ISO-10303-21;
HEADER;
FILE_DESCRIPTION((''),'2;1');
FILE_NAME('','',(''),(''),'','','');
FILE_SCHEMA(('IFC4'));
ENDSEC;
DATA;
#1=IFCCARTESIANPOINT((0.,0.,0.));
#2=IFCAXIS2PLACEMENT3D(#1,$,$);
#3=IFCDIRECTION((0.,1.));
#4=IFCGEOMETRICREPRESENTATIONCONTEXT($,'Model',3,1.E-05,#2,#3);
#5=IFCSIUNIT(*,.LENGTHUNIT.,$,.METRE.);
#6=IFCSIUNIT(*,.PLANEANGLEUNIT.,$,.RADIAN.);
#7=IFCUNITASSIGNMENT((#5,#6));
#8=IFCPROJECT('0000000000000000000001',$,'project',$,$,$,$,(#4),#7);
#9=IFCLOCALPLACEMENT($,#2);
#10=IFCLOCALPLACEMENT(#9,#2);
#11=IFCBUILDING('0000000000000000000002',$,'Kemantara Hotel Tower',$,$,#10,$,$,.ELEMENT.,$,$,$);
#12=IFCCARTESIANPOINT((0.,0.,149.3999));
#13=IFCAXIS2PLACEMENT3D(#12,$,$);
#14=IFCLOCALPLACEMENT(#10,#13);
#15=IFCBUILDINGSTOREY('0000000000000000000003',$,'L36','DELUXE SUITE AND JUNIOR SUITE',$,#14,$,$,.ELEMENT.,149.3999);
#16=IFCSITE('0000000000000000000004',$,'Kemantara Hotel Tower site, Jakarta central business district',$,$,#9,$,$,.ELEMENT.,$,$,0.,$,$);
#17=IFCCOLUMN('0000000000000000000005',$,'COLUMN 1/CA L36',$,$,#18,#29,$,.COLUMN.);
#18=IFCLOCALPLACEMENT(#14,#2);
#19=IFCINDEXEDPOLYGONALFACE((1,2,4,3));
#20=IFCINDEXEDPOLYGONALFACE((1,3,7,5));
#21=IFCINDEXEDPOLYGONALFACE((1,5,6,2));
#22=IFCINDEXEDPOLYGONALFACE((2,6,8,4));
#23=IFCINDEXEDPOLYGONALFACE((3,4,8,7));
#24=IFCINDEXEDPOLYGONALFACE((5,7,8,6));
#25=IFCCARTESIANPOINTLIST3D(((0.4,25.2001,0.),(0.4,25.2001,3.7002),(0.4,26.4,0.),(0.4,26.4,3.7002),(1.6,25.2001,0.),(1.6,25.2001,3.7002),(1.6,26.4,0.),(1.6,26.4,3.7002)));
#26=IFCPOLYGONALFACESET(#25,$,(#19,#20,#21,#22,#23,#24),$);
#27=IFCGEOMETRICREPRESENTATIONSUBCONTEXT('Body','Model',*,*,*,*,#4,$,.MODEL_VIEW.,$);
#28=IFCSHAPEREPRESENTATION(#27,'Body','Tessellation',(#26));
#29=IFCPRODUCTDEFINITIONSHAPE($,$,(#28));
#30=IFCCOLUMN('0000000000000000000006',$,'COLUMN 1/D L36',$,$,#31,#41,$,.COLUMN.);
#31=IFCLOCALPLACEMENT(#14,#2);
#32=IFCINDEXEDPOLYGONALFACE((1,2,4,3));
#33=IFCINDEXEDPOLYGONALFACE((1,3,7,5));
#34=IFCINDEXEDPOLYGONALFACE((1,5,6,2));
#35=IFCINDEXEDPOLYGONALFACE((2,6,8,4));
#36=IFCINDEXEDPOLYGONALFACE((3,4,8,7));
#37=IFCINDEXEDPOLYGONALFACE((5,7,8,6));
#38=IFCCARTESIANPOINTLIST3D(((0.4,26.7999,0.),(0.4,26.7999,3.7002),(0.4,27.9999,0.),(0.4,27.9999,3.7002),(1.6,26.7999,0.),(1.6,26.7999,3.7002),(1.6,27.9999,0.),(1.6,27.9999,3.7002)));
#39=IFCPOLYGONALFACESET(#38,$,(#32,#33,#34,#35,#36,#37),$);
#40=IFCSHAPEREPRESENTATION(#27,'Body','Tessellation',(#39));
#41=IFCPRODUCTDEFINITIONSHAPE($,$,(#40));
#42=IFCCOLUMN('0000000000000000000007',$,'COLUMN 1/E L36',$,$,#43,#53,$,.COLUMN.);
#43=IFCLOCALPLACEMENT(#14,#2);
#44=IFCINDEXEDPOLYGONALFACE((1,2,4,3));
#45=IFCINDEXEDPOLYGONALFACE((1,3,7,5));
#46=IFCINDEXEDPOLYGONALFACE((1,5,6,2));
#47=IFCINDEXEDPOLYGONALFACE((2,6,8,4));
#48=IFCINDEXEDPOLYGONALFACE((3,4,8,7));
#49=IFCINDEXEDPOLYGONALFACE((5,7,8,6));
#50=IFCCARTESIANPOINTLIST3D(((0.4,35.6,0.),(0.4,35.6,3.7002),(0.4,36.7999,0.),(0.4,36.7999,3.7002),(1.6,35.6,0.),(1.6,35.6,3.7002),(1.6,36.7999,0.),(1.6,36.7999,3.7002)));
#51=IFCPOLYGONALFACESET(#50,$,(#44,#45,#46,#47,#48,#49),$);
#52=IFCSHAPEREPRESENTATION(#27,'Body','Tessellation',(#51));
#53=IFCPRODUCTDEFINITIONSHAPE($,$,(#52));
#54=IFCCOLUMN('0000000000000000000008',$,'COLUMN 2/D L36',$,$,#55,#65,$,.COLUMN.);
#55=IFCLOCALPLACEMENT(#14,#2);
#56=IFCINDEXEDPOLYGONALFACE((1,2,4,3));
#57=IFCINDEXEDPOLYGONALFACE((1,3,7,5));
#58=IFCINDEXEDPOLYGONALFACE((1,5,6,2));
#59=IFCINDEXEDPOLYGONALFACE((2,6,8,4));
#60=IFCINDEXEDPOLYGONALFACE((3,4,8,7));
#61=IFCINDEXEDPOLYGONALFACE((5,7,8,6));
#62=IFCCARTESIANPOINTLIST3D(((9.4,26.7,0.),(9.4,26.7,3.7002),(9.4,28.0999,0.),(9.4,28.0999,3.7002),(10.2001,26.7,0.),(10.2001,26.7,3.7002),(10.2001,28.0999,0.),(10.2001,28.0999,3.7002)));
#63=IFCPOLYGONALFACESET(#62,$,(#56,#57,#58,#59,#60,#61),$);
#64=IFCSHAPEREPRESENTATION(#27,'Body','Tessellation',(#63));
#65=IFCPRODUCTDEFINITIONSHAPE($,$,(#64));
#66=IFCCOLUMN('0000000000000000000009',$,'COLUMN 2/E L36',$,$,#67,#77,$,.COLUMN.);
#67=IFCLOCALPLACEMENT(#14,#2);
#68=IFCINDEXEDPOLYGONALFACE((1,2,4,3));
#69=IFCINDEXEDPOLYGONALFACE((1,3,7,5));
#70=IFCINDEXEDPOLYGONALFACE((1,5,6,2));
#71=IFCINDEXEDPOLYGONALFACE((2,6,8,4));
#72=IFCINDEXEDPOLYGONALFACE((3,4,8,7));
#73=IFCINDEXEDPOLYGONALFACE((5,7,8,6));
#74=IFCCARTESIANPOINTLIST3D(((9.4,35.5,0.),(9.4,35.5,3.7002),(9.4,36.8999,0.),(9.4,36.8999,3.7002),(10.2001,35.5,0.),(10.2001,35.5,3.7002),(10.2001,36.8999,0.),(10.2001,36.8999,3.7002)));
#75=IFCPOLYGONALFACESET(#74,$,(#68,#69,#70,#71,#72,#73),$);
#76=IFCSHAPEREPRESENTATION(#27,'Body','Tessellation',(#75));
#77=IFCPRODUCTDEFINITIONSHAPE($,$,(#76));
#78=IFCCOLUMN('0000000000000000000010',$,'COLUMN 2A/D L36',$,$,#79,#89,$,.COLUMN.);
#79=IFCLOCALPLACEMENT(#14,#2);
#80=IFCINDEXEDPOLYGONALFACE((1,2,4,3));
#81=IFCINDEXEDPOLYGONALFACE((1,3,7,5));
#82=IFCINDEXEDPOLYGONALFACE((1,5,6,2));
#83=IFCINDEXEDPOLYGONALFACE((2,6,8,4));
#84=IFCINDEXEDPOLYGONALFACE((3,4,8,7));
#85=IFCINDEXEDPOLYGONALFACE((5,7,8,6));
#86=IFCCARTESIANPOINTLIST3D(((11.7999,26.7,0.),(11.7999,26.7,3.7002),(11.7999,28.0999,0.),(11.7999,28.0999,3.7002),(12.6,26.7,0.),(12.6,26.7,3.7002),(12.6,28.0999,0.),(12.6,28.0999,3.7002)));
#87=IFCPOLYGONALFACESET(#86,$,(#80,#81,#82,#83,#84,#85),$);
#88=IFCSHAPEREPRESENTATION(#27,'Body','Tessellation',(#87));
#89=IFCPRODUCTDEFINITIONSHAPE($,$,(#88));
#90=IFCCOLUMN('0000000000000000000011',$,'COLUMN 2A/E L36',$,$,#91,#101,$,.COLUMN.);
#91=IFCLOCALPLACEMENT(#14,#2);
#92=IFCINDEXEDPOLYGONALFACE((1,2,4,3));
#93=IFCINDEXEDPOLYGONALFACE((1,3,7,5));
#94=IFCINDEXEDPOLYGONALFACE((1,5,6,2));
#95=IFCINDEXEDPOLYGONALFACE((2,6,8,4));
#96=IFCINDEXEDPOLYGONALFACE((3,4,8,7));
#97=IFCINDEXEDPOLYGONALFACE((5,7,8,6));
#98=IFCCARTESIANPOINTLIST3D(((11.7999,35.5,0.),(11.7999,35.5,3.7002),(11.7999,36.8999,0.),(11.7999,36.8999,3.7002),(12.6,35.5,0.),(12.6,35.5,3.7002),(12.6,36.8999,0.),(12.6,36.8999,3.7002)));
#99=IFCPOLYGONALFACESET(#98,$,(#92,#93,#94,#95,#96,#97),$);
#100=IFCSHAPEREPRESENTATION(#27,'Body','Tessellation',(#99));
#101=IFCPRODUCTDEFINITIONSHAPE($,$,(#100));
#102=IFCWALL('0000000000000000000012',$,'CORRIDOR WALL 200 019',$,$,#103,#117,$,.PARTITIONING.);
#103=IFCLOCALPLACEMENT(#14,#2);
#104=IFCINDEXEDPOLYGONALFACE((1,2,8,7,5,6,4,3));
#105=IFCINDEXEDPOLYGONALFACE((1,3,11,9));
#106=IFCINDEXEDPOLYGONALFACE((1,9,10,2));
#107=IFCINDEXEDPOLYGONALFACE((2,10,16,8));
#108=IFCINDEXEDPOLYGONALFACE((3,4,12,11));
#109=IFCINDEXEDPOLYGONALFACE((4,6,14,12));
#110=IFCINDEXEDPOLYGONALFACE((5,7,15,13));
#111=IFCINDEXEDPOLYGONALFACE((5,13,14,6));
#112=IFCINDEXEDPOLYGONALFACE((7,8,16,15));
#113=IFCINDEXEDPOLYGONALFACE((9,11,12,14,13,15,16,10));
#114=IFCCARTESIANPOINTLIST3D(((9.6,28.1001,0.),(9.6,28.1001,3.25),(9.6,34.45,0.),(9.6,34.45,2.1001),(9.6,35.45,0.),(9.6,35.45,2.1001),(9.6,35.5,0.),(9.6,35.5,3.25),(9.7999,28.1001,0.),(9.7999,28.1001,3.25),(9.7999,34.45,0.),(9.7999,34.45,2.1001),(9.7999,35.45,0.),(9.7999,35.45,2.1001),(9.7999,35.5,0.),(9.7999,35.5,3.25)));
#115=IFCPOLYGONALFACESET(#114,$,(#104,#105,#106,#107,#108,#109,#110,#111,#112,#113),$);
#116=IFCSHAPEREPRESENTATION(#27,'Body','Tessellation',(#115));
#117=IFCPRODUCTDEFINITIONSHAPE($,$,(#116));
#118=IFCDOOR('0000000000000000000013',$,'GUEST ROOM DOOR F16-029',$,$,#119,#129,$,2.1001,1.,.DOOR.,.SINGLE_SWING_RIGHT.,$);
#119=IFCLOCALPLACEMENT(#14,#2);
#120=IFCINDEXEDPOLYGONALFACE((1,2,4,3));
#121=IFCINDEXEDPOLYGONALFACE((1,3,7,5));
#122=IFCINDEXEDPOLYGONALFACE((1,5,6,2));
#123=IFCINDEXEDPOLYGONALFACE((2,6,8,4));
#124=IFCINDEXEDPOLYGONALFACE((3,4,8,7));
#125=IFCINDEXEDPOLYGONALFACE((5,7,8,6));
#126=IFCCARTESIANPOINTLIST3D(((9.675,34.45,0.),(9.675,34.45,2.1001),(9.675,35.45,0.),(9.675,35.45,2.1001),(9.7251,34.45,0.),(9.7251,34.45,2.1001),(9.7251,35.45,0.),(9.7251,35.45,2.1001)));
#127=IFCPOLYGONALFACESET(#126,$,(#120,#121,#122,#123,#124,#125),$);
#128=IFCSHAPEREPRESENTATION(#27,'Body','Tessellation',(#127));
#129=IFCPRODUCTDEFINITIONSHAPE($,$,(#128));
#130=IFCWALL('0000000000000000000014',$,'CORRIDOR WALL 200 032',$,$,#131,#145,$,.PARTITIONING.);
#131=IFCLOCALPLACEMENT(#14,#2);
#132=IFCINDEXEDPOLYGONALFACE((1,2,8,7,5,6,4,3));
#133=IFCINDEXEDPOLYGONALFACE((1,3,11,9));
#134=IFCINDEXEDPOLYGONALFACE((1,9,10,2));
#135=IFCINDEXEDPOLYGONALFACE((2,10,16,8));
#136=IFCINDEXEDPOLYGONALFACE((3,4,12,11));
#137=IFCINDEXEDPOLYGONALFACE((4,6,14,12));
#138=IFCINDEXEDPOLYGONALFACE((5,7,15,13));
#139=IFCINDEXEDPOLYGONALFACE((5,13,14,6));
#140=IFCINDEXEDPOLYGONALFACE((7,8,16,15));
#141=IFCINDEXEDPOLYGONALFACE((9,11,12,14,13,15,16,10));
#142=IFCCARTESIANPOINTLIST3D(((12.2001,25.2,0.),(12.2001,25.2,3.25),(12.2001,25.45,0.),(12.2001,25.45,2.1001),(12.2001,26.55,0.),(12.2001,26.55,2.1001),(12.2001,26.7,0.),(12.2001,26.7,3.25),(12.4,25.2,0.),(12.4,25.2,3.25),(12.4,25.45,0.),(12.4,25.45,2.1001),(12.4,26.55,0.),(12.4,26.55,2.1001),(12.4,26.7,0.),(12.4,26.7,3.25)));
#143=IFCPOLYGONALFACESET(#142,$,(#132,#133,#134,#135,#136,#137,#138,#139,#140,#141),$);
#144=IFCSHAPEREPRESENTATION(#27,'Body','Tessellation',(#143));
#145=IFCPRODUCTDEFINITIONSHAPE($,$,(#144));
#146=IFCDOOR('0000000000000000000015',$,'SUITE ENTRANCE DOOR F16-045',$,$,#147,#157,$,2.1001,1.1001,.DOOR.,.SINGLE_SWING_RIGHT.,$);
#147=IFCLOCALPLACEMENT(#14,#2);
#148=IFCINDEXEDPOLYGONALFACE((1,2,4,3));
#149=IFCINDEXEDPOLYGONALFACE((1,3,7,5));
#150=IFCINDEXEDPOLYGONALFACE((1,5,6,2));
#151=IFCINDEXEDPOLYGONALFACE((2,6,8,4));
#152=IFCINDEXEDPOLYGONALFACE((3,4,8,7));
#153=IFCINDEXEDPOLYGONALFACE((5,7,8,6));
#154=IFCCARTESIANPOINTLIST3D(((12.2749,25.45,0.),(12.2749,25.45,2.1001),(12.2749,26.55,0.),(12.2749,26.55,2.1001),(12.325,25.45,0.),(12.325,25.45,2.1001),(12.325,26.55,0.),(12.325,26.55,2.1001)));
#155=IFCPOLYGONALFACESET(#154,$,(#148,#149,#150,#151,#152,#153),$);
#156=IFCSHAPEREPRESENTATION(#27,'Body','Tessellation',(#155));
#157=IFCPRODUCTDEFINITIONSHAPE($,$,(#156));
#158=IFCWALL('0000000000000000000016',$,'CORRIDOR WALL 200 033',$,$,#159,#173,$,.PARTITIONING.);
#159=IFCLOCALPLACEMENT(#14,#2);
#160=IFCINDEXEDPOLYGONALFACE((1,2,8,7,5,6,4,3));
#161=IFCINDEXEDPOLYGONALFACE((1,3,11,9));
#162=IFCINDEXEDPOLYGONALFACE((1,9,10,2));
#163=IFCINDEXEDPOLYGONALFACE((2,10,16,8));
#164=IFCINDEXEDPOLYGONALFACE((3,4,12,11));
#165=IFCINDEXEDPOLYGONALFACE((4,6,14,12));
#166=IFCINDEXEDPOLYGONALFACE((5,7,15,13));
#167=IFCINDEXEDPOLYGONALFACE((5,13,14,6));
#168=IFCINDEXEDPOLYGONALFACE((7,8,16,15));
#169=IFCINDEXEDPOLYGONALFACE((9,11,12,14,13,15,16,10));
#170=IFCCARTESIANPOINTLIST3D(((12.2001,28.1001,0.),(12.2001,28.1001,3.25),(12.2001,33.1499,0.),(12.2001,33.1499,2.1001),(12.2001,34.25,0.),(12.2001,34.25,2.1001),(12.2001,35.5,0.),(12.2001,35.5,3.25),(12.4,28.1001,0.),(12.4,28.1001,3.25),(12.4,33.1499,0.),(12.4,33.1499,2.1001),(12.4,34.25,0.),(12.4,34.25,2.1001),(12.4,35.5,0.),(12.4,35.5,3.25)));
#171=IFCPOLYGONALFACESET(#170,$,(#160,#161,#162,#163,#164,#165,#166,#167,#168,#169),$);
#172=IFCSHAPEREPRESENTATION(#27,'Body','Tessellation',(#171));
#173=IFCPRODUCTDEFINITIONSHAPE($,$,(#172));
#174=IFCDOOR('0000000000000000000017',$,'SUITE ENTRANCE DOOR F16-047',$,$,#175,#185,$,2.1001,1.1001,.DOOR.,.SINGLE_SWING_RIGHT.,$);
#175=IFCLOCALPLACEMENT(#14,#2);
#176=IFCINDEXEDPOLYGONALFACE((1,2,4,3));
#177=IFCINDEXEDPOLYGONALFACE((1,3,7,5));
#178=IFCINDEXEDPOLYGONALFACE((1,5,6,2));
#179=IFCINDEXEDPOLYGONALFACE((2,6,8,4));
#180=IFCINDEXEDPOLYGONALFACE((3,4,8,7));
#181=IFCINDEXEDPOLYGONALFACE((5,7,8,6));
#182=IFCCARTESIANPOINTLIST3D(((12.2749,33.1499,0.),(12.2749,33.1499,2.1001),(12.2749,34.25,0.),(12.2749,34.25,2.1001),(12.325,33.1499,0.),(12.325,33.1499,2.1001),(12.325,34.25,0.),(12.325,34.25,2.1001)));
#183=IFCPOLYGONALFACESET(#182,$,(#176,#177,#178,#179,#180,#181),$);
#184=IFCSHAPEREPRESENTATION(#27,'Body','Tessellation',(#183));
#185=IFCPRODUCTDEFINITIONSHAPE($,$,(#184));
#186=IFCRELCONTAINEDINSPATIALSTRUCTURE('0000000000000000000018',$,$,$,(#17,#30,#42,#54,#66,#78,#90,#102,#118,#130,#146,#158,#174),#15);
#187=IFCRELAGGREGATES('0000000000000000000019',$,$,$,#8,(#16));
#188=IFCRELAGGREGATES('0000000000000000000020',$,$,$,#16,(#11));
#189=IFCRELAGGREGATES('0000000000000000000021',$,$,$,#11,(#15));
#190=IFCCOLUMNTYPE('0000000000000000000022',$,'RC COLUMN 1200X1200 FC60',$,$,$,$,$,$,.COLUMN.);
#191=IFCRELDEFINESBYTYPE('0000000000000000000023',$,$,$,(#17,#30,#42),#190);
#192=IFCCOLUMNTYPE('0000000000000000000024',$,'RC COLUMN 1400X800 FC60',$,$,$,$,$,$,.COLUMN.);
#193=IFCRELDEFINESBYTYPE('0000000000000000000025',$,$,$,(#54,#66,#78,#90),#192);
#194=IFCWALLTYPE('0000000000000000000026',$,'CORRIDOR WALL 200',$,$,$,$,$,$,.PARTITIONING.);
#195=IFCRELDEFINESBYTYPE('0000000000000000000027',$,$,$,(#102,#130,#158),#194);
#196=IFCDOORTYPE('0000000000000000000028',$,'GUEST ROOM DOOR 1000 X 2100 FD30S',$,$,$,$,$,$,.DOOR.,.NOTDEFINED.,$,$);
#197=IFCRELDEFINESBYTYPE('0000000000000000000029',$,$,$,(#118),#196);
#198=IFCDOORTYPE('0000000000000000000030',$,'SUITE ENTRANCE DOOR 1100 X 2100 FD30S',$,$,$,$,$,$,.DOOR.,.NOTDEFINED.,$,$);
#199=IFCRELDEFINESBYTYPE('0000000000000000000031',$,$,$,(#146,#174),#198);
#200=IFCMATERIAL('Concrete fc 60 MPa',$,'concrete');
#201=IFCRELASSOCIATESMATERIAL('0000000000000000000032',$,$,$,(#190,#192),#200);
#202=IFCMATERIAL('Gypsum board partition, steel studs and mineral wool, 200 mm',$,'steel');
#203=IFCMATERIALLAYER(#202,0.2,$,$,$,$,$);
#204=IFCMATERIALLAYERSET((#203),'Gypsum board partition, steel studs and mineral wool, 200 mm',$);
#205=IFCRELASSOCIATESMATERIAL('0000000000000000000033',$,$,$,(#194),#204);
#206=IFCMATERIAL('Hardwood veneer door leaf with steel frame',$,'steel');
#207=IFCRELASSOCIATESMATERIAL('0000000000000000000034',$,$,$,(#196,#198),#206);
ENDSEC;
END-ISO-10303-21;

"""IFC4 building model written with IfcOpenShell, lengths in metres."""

from ifc_helpers import new_model, si_unit, direction, frame, frame_2d, origin, origin_2d, place, context, subcontext, project, spatial, rectangle, extrude, material, layer, layer_set, material_profile, profile_set, type_object, element, fill, save


model = new_model("IFC4")

# Units and contexts
model_context = context("Model", 3, precision=1e-05, world=origin(), true_north=direction((0.0, 1.0)))
body_context = subcontext(model_context, "Body", "Model", "MODEL_VIEW")
ifc_project = project(units=[si_unit("LENGTHUNIT", "METRE"), si_unit("PLANEANGLEUNIT", "RADIAN")], contexts=[model_context])

# Site, building, storey
site_placement = place(None, origin())
site = spatial("IfcSite", under=ifc_project, at=site_placement, Name="Kemantara Hotel Tower site, Jakarta central business district", CompositionType="ELEMENT", RefElevation=0.0)
building_placement = place(site_placement, origin())
building = spatial("IfcBuilding", under=site, at=building_placement, Name="Kemantara Hotel Tower", CompositionType="ELEMENT")
storey_placement = place(building_placement, frame((0.0, 0.0, 149.3999)))
storey = spatial("IfcBuildingStorey", under=building, at=storey_placement, Name="L36", Description="DELUXE SUITE AND JUNIOR SUITE", CompositionType="ELEMENT", Elevation=149.3999)

# Columns
ifc_material_1 = material(Name="Concrete fc 60 MPa", Category="concrete")
ifc_material_profile_1 = material_profile(ifc_material_1, rectangle(XDim=1.2, YDim=1.2, at=origin_2d()), Name="RC 1200X1200")
ifc_profile_set_1 = profile_set([ifc_material_profile_1], Name="Concrete fc 60 MPa")
column_type_1 = type_object("IfcColumnType", Name="RC COLUMN 1200X1200 FC60", PredefinedType="COLUMN", material=ifc_profile_set_1)
for number, where, z_axis, x_axis, name in (
    (1, (1.0, 25.8, 0.0), (0.0, 0.0, 1.0), (1.0, 0.0, 0.0), "COLUMN 1/CA L36"),
    (2, (1.0, 27.3999, 0.0), (0.0, 0.0, 1.0), (1.0, 0.0, 0.0), "COLUMN 1/D L36"),
    (3, (1.0, 36.2, 0.0), (0.0, 0.0, 1.0), (1.0, 0.0, 0.0), "COLUMN 1/E L36"),
):
    element("IfcColumn", number, at=place(storey_placement, frame(where, z_axis=z_axis, x_axis=x_axis)), inside=storey, type_object=column_type_1, Name=name, PredefinedType="COLUMN", context=body_context, shape_type="SweptSolid", body=[
        extrude(rectangle(XDim=1.2, YDim=1.2, at=origin_2d()), origin(), (0.0, 0.0, 1.0), 3.7002),
    ])
ifc_material_profile_2 = material_profile(ifc_material_1, rectangle(XDim=1.3999, YDim=0.8, at=origin_2d()), Name="RC 1400X800")
ifc_profile_set_2 = profile_set([ifc_material_profile_2], Name="Concrete fc 60 MPa")
column_type_2 = type_object("IfcColumnType", Name="RC COLUMN 1400X800 FC60", PredefinedType="COLUMN", material=ifc_profile_set_2)
for number, where, z_axis, x_axis, name in (
    (4, (9.8, 27.3999, 0.0), (0.0, 0.0, 1.0), (0.0, 1.0, 0.0), "COLUMN 2/D L36"),
    (5, (9.8, 36.2, 0.0), (0.0, 0.0, 1.0), (0.0, 1.0, 0.0), "COLUMN 2/E L36"),
    (6, (12.2, 27.3999, 0.0), (0.0, 0.0, 1.0), (0.0, 1.0, 0.0), "COLUMN 2A/D L36"),
    (7, (12.2, 36.2, 0.0), (0.0, 0.0, 1.0), (0.0, 1.0, 0.0), "COLUMN 2A/E L36"),
):
    element("IfcColumn", number, at=place(storey_placement, frame(where, z_axis=z_axis, x_axis=x_axis)), inside=storey, type_object=column_type_2, Name=name, PredefinedType="COLUMN", context=body_context, shape_type="SweptSolid", body=[
        extrude(rectangle(XDim=1.3999, YDim=0.8, at=origin_2d()), origin(), (0.0, 0.0, 1.0), 3.7002),
    ])

# Walls, openings, doors
ifc_material_2 = material(Name="Gypsum board partition, steel studs and mineral wool, 200 mm", Category="steel")
ifc_layer_1 = layer(ifc_material_2, 0.2)
ifc_layer_set_1 = layer_set([ifc_layer_1], Name="Gypsum board partition, steel studs and mineral wool, 200 mm")
wall_type_1 = type_object("IfcWallType", Name="CORRIDOR WALL 200", PredefinedType="PARTITIONING", material=ifc_layer_set_1)
wall_1_placement = place(storey_placement, frame((9.7, 28.1001, 0.0), z_axis=(0.0, 0.0, 1.0), x_axis=(0.0, 1.0, 0.0)))
wall_1 = element("IfcWall", 8, at=wall_1_placement, inside=storey, type_object=wall_type_1, Name="CORRIDOR WALL 200 019", PredefinedType="PARTITIONING", context=body_context, shape_type="SweptSolid", body=[
    extrude(rectangle(XDim=7.3999, YDim=0.2, at=frame_2d((3.7, 0.0))), origin(), (0.0, 0.0, 1.0), 3.25),
])
opening_1_placement = place(wall_1_placement, frame((6.3499, 0.0, 0.0)))
opening_1 = element("IfcOpeningElement", 9, at=opening_1_placement, cuts=wall_1, PredefinedType="OPENING", context=body_context, shape_type="SweptSolid", body=[
    extrude(rectangle(XDim=1.0, YDim=2.1001, at=frame_2d((0.5, 1.05))), frame((0.0, 0.1099, 0.0), z_axis=(0.0, -1.0, 0.0), x_axis=(1.0, 0.0, 0.0)), (0.0, 0.0, 1.0), 0.22),
])
ifc_material_3 = material(Name="Hardwood veneer door leaf with steel frame", Category="steel")
door_type_1 = type_object("IfcDoorType", Name="GUEST ROOM DOOR 1000 X 2100 FD30S", OperationType="NOTDEFINED", PredefinedType="DOOR", material=ifc_material_3)
door_1_placement = place(opening_1_placement, origin())
door_1 = element("IfcDoor", 10, at=door_1_placement, inside=storey, type_object=door_type_1, Name="GUEST ROOM DOOR F16-029", OperationType="SINGLE_SWING_RIGHT", OverallHeight=2.1001, OverallWidth=1.0, PredefinedType="DOOR", context=body_context, shape_type="SweptSolid", body=[
    extrude(rectangle(XDim=1.0, YDim=2.1001, at=frame_2d((0.5, 1.05))), frame((0.0, 0.0249, 0.0), z_axis=(0.0, -1.0, 0.0), x_axis=(1.0, 0.0, 0.0)), (0.0, 0.0, 1.0), 0.05),
])
fill(opening_1, door_1)
wall_2_placement = place(storey_placement, frame((12.3, 26.7, 0.0), z_axis=(0.0, 0.0, 1.0), x_axis=(0.0, -1.0, 0.0)))
wall_2 = element("IfcWall", 11, at=wall_2_placement, inside=storey, type_object=wall_type_1, Name="CORRIDOR WALL 200 032", PredefinedType="PARTITIONING", context=body_context, shape_type="SweptSolid", body=[
    extrude(rectangle(XDim=1.5, YDim=0.2, at=frame_2d((0.75, 0.0))), origin(), (0.0, 0.0, 1.0), 3.25),
])
opening_2_placement = place(wall_2_placement, frame((0.1499, 0.0, 0.0)))
opening_2 = element("IfcOpeningElement", 12, at=opening_2_placement, cuts=wall_2, PredefinedType="OPENING", context=body_context, shape_type="SweptSolid", body=[
    extrude(rectangle(XDim=1.1001, YDim=2.1001, at=frame_2d((0.55, 1.05))), frame((0.0, 0.1099, 0.0), z_axis=(0.0, -1.0, 0.0), x_axis=(1.0, 0.0, 0.0)), (0.0, 0.0, 1.0), 0.22),
])
door_type_2 = type_object("IfcDoorType", Name="SUITE ENTRANCE DOOR 1100 X 2100 FD30S", OperationType="NOTDEFINED", PredefinedType="DOOR", material=ifc_material_3)
door_2_placement = place(opening_2_placement, origin())
door_2 = element("IfcDoor", 13, at=door_2_placement, inside=storey, type_object=door_type_2, Name="SUITE ENTRANCE DOOR F16-045", OperationType="SINGLE_SWING_RIGHT", OverallHeight=2.1001, OverallWidth=1.1001, PredefinedType="DOOR", context=body_context, shape_type="SweptSolid", body=[
    extrude(rectangle(XDim=1.1001, YDim=2.1001, at=frame_2d((0.55, 1.05))), frame((0.0, 0.0249, 0.0), z_axis=(0.0, -1.0, 0.0), x_axis=(1.0, 0.0, 0.0)), (0.0, 0.0, 1.0), 0.05),
])
fill(opening_2, door_2)
wall_3_placement = place(storey_placement, frame((12.3, 35.5, 0.0), z_axis=(0.0, 0.0, 1.0), x_axis=(0.0, -1.0, 0.0)))
wall_3 = element("IfcWall", 14, at=wall_3_placement, inside=storey, type_object=wall_type_1, Name="CORRIDOR WALL 200 033", PredefinedType="PARTITIONING", context=body_context, shape_type="SweptSolid", body=[
    extrude(rectangle(XDim=7.3999, YDim=0.2, at=frame_2d((3.7, 0.0))), origin(), (0.0, 0.0, 1.0), 3.25),
])
opening_3_placement = place(wall_3_placement, frame((1.25, 0.0, 0.0)))
opening_3 = element("IfcOpeningElement", 15, at=opening_3_placement, cuts=wall_3, PredefinedType="OPENING", context=body_context, shape_type="SweptSolid", body=[
    extrude(rectangle(XDim=1.1001, YDim=2.1001, at=frame_2d((0.55, 1.05))), frame((0.0, 0.1099, 0.0), z_axis=(0.0, -1.0, 0.0), x_axis=(1.0, 0.0, 0.0)), (0.0, 0.0, 1.0), 0.22),
])
door_3_placement = place(opening_3_placement, origin())
door_3 = element("IfcDoor", 16, at=door_3_placement, inside=storey, type_object=door_type_2, Name="SUITE ENTRANCE DOOR F16-047", OperationType="SINGLE_SWING_RIGHT", OverallHeight=2.1001, OverallWidth=1.1001, PredefinedType="DOOR", context=body_context, shape_type="SweptSolid", body=[
    extrude(rectangle(XDim=1.1001, YDim=2.1001, at=frame_2d((0.55, 1.05))), frame((0.0, 0.0249, 0.0), z_axis=(0.0, -1.0, 0.0), x_axis=(1.0, 0.0, 0.0)), (0.0, 0.0, 1.0), 0.05),
])
fill(opening_3, door_3)

save(model, "model.ifc")
